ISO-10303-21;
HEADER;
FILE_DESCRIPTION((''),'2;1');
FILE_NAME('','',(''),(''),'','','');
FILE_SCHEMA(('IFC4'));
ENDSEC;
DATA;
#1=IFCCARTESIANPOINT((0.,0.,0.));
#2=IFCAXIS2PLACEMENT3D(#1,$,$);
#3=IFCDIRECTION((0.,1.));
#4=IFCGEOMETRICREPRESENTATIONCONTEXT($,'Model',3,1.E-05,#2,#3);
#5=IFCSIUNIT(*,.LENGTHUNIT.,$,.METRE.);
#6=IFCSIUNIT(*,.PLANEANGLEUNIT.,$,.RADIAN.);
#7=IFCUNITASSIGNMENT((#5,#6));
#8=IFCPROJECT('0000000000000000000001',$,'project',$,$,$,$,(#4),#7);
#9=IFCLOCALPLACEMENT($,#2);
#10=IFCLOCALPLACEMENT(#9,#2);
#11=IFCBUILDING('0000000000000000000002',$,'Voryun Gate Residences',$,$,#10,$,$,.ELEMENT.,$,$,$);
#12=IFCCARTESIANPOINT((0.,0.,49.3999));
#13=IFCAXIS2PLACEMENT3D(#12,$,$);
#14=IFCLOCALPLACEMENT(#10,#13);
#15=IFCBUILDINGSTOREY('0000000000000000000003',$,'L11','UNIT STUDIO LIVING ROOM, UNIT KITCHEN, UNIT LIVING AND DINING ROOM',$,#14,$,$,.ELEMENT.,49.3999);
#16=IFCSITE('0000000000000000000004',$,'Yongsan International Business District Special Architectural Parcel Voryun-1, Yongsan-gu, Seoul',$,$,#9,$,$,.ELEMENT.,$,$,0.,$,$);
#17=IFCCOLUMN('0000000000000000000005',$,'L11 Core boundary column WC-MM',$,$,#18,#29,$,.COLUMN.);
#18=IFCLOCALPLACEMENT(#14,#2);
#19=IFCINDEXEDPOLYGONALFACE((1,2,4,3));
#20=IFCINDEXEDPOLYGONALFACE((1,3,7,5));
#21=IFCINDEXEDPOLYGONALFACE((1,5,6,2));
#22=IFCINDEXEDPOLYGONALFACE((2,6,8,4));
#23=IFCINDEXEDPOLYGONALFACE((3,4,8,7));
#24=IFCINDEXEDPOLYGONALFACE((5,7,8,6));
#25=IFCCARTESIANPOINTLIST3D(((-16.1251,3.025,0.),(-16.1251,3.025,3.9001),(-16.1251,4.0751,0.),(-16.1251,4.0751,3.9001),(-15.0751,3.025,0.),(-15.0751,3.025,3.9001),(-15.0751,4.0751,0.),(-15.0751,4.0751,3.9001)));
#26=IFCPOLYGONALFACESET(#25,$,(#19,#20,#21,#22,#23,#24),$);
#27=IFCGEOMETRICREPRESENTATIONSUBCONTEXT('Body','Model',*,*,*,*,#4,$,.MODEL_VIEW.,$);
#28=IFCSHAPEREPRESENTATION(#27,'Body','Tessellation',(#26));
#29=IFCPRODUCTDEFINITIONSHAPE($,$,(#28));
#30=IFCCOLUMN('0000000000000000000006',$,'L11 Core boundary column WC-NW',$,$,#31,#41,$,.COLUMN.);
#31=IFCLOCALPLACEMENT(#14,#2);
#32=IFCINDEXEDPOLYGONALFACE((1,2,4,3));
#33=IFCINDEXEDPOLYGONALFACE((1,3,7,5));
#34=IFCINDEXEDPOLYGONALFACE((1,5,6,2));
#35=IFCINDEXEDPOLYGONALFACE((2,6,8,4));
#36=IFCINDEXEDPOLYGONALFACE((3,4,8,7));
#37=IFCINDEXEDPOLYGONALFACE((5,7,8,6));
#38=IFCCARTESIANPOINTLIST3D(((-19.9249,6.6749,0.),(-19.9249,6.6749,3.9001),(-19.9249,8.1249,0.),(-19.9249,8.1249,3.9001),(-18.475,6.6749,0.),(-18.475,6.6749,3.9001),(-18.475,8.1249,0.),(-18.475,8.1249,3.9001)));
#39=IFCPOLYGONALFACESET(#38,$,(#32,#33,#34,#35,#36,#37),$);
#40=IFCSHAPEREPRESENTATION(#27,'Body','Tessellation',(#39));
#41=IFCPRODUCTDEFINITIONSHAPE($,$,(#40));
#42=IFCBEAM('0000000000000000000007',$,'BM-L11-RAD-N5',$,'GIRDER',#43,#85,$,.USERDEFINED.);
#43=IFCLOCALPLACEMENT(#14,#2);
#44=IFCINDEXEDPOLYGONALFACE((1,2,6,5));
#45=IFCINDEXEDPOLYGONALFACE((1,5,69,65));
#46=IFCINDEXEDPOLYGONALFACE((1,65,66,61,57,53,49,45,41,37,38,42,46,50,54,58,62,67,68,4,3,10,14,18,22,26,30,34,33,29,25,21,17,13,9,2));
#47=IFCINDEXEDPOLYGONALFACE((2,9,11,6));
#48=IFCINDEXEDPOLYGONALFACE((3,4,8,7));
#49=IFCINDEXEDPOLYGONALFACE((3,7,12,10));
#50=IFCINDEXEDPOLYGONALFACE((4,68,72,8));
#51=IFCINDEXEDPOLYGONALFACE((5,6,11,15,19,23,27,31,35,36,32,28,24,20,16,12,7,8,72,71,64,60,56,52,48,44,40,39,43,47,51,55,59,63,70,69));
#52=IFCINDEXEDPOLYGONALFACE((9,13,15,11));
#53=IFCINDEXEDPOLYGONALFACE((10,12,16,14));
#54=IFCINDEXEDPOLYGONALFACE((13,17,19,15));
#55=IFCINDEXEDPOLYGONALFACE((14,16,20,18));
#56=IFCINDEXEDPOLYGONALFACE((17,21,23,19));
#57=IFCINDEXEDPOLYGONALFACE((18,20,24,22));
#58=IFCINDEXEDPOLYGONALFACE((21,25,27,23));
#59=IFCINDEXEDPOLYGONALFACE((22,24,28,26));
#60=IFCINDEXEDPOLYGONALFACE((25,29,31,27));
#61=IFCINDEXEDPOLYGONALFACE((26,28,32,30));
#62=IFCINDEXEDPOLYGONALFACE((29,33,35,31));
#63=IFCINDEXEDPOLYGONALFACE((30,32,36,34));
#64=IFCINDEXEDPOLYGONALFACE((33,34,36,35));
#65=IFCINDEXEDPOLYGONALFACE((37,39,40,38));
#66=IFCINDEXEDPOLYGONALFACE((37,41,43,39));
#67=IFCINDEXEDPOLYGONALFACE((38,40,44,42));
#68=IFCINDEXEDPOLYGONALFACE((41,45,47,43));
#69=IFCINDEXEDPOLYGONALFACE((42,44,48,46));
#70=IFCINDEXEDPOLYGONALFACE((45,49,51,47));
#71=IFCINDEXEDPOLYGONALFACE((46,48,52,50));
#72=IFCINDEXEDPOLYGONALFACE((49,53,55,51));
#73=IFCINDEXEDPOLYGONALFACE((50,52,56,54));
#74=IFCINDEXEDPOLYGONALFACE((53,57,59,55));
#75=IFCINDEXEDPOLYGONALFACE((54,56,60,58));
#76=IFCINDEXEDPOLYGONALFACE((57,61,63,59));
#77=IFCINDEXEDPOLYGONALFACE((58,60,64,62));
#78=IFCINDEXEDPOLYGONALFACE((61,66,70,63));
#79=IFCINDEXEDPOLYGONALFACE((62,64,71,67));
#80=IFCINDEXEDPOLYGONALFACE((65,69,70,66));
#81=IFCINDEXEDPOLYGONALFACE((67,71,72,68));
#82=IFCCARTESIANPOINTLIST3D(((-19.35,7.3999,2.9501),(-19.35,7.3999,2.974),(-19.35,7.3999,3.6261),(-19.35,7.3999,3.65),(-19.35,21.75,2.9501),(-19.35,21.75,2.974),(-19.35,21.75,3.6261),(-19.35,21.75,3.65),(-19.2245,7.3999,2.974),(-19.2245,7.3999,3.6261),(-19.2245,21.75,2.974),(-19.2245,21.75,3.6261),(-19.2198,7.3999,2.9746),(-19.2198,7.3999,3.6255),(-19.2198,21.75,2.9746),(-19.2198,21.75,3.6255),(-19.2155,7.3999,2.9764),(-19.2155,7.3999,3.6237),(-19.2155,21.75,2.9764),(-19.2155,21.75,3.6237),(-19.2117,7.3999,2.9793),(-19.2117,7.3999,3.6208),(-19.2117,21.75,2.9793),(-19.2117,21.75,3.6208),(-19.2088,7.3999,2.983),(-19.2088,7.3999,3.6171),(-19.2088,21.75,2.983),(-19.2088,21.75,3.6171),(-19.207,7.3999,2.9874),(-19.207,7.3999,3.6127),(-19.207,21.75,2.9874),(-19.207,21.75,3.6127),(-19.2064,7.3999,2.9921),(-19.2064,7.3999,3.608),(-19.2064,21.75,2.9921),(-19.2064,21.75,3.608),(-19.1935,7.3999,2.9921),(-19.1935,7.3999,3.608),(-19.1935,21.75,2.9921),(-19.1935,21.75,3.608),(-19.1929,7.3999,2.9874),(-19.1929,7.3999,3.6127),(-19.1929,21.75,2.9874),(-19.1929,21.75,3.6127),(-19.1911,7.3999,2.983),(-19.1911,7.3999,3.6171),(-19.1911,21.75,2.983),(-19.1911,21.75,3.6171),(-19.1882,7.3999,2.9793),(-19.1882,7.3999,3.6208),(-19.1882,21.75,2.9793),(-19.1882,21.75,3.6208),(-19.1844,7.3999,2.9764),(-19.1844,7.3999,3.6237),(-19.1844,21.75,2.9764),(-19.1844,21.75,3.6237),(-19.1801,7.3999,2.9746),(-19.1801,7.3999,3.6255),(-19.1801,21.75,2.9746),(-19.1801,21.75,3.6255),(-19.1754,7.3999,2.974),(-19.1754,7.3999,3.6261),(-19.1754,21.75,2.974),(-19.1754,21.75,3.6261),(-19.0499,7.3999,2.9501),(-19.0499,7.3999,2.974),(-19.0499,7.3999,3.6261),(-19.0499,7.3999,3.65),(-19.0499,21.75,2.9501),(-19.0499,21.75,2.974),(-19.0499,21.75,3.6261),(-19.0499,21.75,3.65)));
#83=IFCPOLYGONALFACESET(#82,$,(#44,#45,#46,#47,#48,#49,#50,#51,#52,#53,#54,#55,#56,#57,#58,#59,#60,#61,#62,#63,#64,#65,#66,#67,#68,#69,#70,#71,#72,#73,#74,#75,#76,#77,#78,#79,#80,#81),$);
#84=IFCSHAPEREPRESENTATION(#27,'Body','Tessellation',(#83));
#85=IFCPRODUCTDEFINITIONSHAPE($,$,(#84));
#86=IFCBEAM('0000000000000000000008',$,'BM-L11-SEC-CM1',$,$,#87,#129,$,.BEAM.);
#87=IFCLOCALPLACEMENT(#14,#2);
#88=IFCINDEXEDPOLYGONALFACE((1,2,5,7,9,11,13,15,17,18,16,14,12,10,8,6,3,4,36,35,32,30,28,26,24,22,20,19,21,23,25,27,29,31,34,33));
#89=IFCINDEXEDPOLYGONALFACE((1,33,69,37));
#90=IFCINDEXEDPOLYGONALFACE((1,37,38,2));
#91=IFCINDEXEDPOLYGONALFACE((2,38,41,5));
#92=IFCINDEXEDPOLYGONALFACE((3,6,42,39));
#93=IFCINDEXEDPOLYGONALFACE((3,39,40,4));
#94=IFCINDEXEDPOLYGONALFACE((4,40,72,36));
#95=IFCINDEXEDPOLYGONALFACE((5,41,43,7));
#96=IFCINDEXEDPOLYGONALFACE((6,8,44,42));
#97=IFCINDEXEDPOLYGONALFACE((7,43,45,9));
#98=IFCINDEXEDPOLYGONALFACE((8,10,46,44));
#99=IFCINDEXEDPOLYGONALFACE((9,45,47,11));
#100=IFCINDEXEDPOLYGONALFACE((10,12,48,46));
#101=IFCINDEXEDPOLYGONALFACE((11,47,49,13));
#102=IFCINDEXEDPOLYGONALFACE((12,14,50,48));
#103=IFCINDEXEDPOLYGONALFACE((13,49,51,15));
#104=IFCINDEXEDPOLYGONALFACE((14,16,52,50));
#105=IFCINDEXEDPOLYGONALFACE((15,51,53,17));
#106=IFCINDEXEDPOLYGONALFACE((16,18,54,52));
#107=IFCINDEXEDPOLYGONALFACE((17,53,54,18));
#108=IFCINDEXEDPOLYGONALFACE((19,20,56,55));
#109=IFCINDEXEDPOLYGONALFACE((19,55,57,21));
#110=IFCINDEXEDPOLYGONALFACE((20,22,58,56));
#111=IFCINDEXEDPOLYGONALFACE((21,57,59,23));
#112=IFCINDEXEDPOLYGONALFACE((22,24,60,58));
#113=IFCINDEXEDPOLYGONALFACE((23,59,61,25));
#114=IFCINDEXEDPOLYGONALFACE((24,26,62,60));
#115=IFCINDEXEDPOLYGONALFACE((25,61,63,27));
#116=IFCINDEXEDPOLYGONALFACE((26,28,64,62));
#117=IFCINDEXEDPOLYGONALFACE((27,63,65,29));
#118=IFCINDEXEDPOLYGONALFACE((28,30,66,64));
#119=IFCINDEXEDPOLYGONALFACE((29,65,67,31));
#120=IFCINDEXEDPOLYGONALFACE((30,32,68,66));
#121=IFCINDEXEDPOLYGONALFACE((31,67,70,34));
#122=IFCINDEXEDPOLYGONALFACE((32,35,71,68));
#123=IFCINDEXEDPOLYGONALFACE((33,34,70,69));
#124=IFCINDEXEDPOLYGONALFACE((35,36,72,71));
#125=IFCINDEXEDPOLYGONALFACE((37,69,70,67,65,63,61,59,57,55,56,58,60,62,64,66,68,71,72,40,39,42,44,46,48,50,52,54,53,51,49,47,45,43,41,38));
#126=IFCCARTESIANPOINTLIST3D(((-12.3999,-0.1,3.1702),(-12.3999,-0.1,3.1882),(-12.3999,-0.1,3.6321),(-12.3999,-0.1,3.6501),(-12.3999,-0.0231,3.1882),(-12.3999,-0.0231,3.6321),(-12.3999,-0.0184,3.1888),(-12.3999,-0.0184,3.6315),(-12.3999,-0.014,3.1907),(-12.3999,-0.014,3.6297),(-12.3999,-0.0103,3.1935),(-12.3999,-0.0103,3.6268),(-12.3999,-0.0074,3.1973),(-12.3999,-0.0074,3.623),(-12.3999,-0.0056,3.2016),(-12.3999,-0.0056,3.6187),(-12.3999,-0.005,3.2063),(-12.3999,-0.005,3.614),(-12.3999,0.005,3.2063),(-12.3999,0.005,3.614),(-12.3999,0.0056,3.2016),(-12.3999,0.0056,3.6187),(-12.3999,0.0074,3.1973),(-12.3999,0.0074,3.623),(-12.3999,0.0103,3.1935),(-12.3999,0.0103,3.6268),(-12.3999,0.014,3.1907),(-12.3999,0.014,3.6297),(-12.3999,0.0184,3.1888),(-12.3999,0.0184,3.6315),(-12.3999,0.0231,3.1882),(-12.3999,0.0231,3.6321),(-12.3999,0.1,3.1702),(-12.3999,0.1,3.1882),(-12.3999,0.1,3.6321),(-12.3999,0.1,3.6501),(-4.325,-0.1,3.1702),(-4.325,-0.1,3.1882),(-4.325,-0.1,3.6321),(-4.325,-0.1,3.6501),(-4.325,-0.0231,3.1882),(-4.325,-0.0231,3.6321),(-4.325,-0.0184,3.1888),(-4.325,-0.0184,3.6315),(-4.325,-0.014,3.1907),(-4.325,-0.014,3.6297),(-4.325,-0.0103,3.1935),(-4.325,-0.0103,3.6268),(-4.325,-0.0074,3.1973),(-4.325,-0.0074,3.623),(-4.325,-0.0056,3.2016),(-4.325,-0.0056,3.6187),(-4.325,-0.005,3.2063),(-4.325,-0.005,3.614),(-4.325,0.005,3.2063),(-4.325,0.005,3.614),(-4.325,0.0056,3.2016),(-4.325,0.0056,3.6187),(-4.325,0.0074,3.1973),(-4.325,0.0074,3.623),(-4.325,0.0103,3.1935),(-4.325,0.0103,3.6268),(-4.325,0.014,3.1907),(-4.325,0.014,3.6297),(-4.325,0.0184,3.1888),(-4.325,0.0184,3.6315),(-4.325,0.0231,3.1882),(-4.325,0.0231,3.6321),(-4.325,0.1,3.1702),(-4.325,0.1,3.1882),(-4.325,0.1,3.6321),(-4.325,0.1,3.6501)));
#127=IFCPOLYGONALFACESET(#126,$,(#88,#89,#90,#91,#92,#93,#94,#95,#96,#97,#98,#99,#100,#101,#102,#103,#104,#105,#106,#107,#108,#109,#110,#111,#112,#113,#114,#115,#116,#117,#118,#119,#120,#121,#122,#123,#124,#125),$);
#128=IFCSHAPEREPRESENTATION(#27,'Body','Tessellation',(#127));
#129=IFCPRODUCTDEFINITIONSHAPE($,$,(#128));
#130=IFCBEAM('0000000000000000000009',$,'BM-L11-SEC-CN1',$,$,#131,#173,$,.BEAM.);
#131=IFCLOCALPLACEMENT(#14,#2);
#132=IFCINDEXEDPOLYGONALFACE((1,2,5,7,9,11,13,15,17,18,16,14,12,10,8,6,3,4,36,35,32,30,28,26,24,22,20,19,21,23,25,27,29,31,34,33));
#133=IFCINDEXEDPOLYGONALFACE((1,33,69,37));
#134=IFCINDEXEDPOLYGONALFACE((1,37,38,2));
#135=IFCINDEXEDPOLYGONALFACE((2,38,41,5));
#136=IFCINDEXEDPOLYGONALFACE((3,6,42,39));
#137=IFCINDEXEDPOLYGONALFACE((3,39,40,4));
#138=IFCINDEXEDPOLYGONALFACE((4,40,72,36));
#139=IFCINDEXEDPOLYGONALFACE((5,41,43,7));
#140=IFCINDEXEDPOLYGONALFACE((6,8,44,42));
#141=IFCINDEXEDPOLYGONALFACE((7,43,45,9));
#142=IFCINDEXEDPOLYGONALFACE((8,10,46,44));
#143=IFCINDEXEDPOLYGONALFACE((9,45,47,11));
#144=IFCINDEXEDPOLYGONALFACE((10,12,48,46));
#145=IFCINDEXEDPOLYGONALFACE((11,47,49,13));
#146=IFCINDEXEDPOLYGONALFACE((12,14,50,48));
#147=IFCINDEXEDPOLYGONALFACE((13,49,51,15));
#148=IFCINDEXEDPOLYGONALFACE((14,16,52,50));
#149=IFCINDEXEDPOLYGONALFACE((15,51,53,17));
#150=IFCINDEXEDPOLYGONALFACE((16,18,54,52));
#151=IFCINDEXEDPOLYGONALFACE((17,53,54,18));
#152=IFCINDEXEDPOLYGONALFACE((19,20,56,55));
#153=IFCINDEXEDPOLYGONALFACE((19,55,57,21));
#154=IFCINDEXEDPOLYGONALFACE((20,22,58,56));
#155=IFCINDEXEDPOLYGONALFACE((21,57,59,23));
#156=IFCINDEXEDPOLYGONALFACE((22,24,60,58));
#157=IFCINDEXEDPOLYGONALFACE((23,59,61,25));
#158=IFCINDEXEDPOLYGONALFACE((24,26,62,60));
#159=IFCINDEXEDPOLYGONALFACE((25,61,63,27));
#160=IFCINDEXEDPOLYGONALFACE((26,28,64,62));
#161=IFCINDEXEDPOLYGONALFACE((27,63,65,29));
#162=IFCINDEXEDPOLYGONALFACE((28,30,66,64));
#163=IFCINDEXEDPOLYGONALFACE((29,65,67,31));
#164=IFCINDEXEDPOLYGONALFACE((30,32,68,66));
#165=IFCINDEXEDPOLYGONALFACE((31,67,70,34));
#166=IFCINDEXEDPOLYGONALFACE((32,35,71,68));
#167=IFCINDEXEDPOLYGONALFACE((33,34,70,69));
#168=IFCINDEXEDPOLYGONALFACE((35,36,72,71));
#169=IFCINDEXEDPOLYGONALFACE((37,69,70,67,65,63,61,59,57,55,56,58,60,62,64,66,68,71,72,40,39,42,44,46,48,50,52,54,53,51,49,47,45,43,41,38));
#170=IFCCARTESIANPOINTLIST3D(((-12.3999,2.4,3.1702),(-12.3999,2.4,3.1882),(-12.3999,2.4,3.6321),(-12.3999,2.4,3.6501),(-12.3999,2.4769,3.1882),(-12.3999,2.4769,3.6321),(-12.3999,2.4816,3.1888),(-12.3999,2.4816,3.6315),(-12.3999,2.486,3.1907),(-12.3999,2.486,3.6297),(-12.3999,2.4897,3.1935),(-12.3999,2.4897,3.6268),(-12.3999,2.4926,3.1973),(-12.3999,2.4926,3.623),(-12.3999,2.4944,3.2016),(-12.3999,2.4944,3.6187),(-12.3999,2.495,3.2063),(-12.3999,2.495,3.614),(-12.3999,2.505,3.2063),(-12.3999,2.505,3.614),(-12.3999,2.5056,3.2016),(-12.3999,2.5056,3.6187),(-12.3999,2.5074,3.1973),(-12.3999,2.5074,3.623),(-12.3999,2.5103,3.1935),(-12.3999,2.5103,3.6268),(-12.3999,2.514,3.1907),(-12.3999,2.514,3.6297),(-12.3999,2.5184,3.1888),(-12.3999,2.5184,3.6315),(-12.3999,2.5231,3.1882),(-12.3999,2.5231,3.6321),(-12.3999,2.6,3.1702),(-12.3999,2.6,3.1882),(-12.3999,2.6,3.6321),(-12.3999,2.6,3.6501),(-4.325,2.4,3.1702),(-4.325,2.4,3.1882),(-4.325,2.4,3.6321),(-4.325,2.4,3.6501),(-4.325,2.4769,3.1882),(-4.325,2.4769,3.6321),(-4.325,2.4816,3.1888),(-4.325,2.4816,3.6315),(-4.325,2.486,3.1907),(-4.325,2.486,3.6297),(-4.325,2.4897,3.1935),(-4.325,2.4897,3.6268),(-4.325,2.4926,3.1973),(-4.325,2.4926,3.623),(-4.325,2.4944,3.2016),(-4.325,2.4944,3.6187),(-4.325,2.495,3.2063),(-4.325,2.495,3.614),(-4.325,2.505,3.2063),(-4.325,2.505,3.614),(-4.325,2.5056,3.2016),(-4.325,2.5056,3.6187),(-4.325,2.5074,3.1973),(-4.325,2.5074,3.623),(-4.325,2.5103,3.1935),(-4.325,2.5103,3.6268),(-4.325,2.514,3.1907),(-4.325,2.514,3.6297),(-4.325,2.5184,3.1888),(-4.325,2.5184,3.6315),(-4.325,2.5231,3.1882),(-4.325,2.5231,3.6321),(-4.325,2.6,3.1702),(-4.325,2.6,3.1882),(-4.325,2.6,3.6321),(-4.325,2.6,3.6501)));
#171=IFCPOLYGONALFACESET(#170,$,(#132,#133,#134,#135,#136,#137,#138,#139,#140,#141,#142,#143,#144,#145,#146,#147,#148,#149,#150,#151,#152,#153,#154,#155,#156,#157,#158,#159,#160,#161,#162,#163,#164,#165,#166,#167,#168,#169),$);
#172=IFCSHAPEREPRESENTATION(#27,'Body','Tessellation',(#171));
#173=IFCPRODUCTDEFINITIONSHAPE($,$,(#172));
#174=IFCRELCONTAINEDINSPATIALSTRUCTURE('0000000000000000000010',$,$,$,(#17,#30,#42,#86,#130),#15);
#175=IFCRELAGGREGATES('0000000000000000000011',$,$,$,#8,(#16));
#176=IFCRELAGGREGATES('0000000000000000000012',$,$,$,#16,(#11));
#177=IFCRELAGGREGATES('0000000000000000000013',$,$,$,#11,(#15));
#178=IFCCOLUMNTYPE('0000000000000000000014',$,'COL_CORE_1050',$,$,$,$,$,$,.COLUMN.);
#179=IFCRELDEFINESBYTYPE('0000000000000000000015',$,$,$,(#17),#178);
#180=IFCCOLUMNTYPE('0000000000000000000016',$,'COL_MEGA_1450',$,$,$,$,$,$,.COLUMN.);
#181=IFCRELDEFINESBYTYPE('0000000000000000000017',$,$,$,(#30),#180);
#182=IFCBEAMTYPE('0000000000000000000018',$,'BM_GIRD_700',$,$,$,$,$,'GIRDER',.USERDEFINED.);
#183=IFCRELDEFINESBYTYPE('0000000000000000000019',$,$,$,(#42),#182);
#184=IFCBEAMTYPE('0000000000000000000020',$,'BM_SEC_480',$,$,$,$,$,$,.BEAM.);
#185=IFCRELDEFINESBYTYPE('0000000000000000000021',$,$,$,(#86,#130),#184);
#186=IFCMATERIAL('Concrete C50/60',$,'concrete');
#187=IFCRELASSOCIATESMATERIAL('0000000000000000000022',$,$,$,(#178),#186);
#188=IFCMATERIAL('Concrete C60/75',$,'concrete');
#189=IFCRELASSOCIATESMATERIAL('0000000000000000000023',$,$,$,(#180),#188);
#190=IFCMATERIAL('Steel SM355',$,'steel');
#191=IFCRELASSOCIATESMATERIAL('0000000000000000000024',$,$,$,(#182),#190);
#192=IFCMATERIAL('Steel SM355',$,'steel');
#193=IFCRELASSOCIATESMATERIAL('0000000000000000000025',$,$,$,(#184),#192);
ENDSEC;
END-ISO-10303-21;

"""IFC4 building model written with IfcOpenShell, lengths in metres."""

from ifc_helpers import new_model, si_unit, direction, frame, origin, origin_2d, place, context, subcontext, project, spatial, rectangle, i_section, extrude, material, material_profile, profile_set, type_object, element, save


model = new_model("IFC4")

# Units and contexts
model_context = context("Model", 3, precision=1e-05, world=origin(), true_north=direction((0.0, 1.0)))
body_context = subcontext(model_context, "Body", "Model", "MODEL_VIEW")
ifc_project = project(units=[si_unit("LENGTHUNIT", "METRE"), si_unit("PLANEANGLEUNIT", "RADIAN")], contexts=[model_context])

# Site, building, storey
site_placement = place(None, origin())
site = spatial("IfcSite", under=ifc_project, at=site_placement, Name="Yongsan International Business District Special Architectural Parcel Voryun-1, Yongsan-gu, Seoul", CompositionType="ELEMENT", RefElevation=0.0)
building_placement = place(site_placement, origin())
building = spatial("IfcBuilding", under=site, at=building_placement, Name="Voryun Gate Residences", CompositionType="ELEMENT")
storey_placement = place(building_placement, frame((0.0, 0.0, 49.3999)))
storey = spatial("IfcBuildingStorey", under=building, at=storey_placement, Name="L11", Description="UNIT STUDIO LIVING ROOM, UNIT KITCHEN, UNIT LIVING AND DINING ROOM", CompositionType="ELEMENT", Elevation=49.3999)

# Columns
ifc_material_1 = material(Name="Concrete C50/60", Category="concrete")
ifc_material_profile_1 = material_profile(ifc_material_1, rectangle(XDim=1.05, YDim=1.05, at=origin_2d()), Name="RC-1050x1050")
ifc_profile_set_1 = profile_set([ifc_material_profile_1], Name="Concrete C50/60")
column_type_1 = type_object("IfcColumnType", Name="COL_CORE_1050", PredefinedType="COLUMN", material=ifc_profile_set_1)
column_1_placement = place(storey_placement, frame((-15.6001, 3.55, 0.0), z_axis=(0.0, 0.0, 1.0), x_axis=(1.0, 0.0, 0.0)))
element("IfcColumn", 1, at=column_1_placement, inside=storey, type_object=column_type_1, Name="L11 Core boundary column WC-MM", PredefinedType="COLUMN", context=body_context, shape_type="SweptSolid", body=[
    extrude(rectangle(XDim=1.05, YDim=1.05, at=origin_2d()), origin(), (0.0, 0.0, 1.0), 3.9001),
])
ifc_material_2 = material(Name="Concrete C60/75", Category="concrete")
ifc_material_profile_2 = material_profile(ifc_material_2, rectangle(XDim=1.45, YDim=1.45, at=origin_2d()), Name="RC-1450x1450")
ifc_profile_set_2 = profile_set([ifc_material_profile_2], Name="Concrete C60/75")
column_type_2 = type_object("IfcColumnType", Name="COL_MEGA_1450", PredefinedType="COLUMN", material=ifc_profile_set_2)
column_2_placement = place(storey_placement, frame((-19.2, 7.3999, 0.0), z_axis=(0.0, 0.0, 1.0), x_axis=(1.0, 0.0, 0.0)))
element("IfcColumn", 2, at=column_2_placement, inside=storey, type_object=column_type_2, Name="L11 Core boundary column WC-NW", PredefinedType="COLUMN", context=body_context, shape_type="SweptSolid", body=[
    extrude(rectangle(XDim=1.45, YDim=1.45, at=origin_2d()), origin(), (0.0, 0.0, 1.0), 3.9001),
])

# Beams
ifc_material_3 = material(Name="Steel SM355", Category="steel")
ifc_material_profile_3 = material_profile(ifc_material_3, i_section(OverallWidth=0.3, OverallDepth=0.7, WebThickness=0.0129, FlangeThickness=0.0239, FilletRadius=0.0181, at=origin_2d()), Name="H-700x300x13x24")
ifc_profile_set_3 = profile_set([ifc_material_profile_3], Name="Steel SM355")
beam_type_1 = type_object("IfcBeamType", Name="BM_GIRD_700", ElementType="GIRDER", PredefinedType="USERDEFINED", material=ifc_profile_set_3)
beam_placement = place(storey_placement, frame((-19.2, 7.3999, 3.3), z_axis=(0.0, 1.0, 0.0), x_axis=(-1.0, 0.0, 0.0)))
element("IfcBeam", 3, at=beam_placement, inside=storey, type_object=beam_type_1, Name="BM-L11-RAD-N5", ObjectType="GIRDER", PredefinedType="USERDEFINED", context=body_context, shape_type="SweptSolid", body=[
    extrude(i_section(OverallWidth=0.3, OverallDepth=0.7, WebThickness=0.0129, FlangeThickness=0.0239, FilletRadius=0.0181, at=origin_2d()), origin(), (0.0, 0.0, 1.0), 14.3501),
])
ifc_material_4 = material(Name="Steel SM355", Category="steel")
ifc_material_profile_4 = material_profile(ifc_material_4, i_section(OverallWidth=0.2, OverallDepth=0.48, WebThickness=0.01, FlangeThickness=0.0181, FilletRadius=0.0181, at=origin_2d()), Name="H-480x200x10x18")
ifc_profile_set_4 = profile_set([ifc_material_profile_4], Name="Steel SM355")
beam_type_2 = type_object("IfcBeamType", Name="BM_SEC_480", PredefinedType="BEAM", material=ifc_profile_set_4)
for number, where, z_axis, x_axis, name in (
    (4, (-12.3999, 0.0, 3.4102), (1.0, 0.0, 0.0), (0.0, 1.0, 0.0), "BM-L11-SEC-CM1"),
    (5, (-12.3999, 2.5, 3.4102), (1.0, 0.0, 0.0), (0.0, 1.0, 0.0), "BM-L11-SEC-CN1"),
):
    element("IfcBeam", number, at=place(storey_placement, frame(where, z_axis=z_axis, x_axis=x_axis)), inside=storey, type_object=beam_type_2, Name=name, PredefinedType="BEAM", context=body_context, shape_type="SweptSolid", body=[
        extrude(i_section(OverallWidth=0.2, OverallDepth=0.48, WebThickness=0.01, FlangeThickness=0.0181, FilletRadius=0.0181, at=origin_2d()), origin(), (0.0, 0.0, 1.0), 8.075),
    ])

save(model, "model.ifc")
